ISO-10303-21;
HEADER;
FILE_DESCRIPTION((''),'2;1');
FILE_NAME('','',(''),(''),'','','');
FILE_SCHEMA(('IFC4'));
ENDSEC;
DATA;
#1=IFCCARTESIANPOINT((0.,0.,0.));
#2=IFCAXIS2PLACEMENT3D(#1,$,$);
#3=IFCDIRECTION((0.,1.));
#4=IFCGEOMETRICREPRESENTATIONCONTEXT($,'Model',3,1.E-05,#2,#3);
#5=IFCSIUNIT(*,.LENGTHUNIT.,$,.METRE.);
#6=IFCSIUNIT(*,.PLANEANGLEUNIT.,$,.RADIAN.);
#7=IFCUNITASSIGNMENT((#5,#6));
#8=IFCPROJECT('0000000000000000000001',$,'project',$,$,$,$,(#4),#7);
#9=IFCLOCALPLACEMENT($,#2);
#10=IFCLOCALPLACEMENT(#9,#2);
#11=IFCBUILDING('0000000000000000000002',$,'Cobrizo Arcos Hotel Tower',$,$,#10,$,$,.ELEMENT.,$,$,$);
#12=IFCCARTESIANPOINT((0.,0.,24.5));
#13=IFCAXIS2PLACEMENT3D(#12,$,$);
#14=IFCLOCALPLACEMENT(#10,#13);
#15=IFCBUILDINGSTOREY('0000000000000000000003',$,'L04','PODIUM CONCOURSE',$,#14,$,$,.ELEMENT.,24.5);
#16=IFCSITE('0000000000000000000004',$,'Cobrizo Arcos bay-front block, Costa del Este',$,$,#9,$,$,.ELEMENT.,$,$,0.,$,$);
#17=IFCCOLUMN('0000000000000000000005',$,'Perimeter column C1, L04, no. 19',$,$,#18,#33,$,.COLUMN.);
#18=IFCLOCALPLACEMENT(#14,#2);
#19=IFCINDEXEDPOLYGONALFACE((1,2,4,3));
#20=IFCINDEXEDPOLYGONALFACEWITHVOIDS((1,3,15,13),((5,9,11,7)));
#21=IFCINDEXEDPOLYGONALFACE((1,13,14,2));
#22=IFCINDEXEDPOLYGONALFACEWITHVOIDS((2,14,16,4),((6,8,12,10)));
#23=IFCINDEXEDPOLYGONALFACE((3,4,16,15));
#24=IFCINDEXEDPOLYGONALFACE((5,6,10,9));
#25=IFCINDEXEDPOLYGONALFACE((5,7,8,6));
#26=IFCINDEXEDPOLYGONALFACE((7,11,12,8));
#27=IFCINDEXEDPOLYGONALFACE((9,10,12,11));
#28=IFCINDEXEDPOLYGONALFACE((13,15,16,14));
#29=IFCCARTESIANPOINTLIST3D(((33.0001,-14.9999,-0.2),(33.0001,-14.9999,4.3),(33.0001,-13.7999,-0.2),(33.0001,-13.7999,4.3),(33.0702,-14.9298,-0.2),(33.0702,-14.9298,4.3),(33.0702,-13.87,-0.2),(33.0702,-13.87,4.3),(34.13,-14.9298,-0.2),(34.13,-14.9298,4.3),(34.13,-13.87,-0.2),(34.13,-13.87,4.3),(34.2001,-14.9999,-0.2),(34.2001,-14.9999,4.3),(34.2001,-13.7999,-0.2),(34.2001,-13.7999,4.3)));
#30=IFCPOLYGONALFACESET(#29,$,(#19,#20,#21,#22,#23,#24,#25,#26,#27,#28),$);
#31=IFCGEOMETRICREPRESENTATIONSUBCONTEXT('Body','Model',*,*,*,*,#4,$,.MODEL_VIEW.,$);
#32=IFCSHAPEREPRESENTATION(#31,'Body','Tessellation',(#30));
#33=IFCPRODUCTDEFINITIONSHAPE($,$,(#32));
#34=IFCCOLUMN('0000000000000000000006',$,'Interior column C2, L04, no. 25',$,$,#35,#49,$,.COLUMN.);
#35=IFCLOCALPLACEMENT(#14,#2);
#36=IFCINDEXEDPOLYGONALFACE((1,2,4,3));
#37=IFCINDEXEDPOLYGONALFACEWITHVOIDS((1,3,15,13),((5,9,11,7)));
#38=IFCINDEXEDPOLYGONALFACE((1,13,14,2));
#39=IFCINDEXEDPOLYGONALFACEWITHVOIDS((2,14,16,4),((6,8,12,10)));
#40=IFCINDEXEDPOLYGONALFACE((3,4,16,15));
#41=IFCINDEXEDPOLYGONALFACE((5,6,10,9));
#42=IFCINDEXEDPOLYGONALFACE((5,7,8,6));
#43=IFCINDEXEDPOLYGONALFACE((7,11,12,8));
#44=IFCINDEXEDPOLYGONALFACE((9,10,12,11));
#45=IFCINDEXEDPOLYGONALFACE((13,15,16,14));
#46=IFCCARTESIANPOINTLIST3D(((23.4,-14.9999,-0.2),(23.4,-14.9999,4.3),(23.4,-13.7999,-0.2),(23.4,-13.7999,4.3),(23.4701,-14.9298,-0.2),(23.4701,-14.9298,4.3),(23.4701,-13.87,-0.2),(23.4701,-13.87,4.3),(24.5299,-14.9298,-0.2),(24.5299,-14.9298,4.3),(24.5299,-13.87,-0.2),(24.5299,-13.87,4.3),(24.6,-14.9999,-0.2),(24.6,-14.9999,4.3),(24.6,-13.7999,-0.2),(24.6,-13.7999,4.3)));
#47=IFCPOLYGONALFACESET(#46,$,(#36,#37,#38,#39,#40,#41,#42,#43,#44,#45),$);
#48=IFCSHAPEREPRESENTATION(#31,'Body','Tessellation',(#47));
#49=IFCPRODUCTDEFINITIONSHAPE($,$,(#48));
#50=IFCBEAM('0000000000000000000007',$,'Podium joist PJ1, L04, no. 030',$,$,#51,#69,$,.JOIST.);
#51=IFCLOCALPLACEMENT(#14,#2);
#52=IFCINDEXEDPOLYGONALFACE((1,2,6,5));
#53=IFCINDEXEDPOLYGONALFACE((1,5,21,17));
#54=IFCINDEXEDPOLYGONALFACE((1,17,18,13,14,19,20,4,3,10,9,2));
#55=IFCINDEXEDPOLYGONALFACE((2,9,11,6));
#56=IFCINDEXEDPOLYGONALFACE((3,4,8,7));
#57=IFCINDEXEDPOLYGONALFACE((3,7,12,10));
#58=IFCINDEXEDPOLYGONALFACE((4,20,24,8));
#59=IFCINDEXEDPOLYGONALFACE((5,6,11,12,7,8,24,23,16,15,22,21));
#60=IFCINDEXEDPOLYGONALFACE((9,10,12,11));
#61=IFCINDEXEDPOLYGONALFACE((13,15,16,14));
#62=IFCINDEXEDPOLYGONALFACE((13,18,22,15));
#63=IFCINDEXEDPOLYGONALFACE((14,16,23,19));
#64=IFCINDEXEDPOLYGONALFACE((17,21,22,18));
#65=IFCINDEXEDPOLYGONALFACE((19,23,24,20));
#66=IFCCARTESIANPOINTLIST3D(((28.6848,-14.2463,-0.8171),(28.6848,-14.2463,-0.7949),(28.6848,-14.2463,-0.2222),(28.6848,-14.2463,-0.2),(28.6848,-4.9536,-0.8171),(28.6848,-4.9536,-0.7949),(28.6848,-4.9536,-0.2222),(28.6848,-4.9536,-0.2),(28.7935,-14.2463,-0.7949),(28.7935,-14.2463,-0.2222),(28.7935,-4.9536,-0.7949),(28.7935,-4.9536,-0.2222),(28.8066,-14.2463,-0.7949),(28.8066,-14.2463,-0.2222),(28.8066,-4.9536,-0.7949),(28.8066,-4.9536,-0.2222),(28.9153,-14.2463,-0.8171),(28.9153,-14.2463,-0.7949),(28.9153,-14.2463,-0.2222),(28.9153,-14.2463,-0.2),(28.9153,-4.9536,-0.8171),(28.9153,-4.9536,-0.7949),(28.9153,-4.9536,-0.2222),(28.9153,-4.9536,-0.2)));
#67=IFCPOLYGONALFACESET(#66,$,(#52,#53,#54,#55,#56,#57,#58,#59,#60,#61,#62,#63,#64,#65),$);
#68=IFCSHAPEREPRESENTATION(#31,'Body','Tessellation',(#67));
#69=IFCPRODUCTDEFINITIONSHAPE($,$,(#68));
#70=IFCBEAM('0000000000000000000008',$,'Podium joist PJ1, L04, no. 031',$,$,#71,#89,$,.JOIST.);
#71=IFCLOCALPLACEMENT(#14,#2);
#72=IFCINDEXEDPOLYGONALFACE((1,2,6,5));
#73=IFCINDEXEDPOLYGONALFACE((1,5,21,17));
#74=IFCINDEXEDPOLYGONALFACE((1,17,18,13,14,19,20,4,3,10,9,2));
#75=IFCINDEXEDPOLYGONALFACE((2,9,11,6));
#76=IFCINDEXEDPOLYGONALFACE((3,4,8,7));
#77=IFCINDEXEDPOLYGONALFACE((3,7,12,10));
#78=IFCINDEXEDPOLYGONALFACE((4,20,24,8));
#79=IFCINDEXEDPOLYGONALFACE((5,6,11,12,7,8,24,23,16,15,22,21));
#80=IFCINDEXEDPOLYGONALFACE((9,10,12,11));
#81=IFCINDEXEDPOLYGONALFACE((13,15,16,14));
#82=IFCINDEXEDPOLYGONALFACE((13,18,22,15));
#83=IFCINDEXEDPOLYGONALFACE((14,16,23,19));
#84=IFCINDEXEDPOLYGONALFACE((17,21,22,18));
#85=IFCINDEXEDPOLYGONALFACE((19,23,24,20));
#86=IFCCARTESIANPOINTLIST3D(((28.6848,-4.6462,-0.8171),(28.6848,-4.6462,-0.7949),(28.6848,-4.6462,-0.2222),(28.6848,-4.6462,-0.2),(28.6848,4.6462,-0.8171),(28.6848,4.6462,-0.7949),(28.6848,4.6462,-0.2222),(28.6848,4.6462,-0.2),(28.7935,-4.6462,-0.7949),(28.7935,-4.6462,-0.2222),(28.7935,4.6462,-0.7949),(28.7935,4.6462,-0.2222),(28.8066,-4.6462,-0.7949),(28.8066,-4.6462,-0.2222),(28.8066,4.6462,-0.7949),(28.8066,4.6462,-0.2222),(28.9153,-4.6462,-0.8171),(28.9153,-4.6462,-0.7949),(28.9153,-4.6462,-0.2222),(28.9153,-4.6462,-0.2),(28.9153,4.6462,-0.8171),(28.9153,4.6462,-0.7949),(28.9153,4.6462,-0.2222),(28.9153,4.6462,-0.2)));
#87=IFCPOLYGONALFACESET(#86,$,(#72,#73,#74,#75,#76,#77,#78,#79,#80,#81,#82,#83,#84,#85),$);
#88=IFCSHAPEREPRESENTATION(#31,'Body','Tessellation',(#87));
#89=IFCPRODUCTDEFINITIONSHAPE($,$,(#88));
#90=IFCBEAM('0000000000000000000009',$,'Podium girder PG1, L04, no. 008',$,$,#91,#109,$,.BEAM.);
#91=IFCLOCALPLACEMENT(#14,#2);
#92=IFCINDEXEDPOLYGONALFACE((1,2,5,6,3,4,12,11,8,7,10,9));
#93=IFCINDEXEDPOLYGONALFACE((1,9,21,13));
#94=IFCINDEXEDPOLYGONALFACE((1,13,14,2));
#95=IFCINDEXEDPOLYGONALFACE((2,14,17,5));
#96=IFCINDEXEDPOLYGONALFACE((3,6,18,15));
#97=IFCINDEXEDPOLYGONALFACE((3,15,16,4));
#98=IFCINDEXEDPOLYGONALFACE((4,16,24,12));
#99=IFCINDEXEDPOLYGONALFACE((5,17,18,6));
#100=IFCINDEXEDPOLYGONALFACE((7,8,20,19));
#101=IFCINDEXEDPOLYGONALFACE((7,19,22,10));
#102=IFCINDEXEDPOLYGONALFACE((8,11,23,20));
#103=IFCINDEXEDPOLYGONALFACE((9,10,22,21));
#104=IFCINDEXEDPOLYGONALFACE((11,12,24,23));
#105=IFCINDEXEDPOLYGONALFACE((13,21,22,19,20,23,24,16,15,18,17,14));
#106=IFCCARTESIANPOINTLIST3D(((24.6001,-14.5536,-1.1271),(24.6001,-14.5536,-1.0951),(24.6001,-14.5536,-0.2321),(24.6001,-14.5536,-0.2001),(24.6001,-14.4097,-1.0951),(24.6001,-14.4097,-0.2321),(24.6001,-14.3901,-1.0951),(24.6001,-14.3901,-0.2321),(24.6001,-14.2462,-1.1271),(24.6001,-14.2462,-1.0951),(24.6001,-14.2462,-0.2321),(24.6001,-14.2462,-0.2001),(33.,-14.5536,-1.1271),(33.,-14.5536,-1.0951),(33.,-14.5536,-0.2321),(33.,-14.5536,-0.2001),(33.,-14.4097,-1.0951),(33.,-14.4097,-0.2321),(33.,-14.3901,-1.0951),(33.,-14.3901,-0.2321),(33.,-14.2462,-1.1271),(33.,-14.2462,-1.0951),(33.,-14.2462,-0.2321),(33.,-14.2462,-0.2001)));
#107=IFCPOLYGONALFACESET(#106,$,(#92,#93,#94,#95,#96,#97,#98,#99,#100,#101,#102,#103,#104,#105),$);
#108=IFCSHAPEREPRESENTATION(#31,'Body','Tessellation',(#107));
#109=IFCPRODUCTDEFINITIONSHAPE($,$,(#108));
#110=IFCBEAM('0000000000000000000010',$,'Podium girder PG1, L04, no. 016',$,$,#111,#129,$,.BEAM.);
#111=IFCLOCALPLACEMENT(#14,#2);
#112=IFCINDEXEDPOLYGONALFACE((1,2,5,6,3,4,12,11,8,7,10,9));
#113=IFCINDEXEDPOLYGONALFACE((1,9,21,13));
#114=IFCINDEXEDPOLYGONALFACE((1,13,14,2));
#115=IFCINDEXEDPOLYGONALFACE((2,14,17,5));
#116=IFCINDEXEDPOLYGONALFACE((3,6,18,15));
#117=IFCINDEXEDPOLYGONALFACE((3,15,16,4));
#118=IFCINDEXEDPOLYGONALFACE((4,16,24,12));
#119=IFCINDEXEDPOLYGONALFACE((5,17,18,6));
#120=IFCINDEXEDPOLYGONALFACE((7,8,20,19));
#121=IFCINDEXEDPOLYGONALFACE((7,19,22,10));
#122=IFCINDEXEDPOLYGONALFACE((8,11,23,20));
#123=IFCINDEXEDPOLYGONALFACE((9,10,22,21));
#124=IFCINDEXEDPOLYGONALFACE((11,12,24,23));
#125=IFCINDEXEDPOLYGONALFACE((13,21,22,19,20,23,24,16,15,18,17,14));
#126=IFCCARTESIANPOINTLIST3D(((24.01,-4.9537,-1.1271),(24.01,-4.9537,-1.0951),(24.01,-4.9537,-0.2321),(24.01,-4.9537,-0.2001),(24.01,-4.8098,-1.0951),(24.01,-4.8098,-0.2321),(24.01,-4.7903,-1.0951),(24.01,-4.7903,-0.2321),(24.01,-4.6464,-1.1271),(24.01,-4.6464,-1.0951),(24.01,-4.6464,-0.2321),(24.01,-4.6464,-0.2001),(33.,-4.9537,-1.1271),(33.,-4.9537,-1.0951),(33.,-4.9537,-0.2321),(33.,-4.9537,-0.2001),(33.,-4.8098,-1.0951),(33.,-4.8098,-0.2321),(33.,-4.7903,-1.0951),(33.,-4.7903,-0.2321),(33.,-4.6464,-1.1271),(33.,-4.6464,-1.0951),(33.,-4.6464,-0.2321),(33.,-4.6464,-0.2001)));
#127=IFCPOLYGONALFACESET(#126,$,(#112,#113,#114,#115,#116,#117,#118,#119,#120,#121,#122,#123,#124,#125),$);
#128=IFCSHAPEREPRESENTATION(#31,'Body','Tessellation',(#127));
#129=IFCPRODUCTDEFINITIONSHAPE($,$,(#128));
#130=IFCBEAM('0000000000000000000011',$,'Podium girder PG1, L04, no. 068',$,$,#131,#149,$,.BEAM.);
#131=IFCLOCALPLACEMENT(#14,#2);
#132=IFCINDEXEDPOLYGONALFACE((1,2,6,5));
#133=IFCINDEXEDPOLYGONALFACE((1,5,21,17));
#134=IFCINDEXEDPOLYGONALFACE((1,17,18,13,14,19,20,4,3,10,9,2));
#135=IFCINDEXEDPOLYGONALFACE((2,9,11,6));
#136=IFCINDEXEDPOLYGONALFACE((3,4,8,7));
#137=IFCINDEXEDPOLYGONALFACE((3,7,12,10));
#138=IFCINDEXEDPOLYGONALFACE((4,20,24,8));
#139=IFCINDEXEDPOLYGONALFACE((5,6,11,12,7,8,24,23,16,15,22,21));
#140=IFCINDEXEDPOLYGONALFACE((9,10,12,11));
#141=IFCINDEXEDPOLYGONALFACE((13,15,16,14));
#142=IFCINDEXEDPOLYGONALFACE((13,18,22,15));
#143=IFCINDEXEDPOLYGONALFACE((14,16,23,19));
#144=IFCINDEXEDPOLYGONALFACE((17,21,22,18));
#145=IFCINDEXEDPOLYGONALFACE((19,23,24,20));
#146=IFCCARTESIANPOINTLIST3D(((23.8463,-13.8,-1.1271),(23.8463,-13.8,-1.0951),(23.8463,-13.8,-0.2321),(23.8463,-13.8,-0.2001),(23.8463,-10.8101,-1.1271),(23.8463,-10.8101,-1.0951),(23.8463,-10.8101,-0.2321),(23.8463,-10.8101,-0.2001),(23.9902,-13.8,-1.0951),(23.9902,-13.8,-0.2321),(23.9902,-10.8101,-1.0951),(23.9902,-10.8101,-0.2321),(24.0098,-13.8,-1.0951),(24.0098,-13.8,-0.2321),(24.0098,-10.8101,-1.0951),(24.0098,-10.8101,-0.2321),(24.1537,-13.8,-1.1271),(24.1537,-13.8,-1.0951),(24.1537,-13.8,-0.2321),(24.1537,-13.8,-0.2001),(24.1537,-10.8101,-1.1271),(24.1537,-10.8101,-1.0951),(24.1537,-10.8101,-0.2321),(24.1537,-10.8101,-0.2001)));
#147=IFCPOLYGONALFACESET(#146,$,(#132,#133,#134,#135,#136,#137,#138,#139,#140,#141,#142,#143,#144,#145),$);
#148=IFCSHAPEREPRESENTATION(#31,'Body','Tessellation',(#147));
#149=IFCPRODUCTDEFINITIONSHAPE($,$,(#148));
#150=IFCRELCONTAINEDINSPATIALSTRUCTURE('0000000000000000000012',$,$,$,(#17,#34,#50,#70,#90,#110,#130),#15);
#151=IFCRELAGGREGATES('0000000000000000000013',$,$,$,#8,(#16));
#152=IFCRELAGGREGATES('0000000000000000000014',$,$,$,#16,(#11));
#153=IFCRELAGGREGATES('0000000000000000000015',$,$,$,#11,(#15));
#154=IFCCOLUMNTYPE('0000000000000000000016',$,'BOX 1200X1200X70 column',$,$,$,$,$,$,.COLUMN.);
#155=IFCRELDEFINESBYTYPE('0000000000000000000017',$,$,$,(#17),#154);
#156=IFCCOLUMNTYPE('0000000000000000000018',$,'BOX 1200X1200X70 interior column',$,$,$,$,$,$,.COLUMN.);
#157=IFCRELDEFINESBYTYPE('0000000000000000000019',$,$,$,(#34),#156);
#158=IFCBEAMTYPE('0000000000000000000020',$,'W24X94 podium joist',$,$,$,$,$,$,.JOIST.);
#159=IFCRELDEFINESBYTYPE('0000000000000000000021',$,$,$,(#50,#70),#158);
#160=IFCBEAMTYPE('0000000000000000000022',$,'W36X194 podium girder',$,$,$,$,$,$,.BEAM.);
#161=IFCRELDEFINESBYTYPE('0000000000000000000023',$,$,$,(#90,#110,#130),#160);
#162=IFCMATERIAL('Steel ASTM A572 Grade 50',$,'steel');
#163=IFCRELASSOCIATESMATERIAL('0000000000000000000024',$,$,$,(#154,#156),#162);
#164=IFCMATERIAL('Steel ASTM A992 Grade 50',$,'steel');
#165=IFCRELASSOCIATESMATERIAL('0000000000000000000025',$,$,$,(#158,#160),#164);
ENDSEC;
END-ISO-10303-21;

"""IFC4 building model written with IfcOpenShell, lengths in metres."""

from ifc_helpers import new_model, si_unit, direction, frame, origin, origin_2d, place, context, subcontext, project, spatial, hollow_rectangle, i_section, extrude, material, material_profile, profile_set, type_object, element, save


model = new_model("IFC4")

# Units and contexts
model_context = context("Model", 3, precision=1e-05, world=origin(), true_north=direction((0.0, 1.0)))
body_context = subcontext(model_context, "Body", "Model", "MODEL_VIEW")
ifc_project = project(units=[si_unit("LENGTHUNIT", "METRE"), si_unit("PLANEANGLEUNIT", "RADIAN")], contexts=[model_context])

# Site, building, storey
site_placement = place(None, origin())
site = spatial("IfcSite", under=ifc_project, at=site_placement, Name="Cobrizo Arcos bay-front block, Costa del Este", CompositionType="ELEMENT", RefElevation=0.0)
building_placement = place(site_placement, origin())
building = spatial("IfcBuilding", under=site, at=building_placement, Name="Cobrizo Arcos Hotel Tower", CompositionType="ELEMENT")
storey_placement = place(building_placement, frame((0.0, 0.0, 24.5)))
storey = spatial("IfcBuildingStorey", under=building, at=storey_placement, Name="L04", Description="PODIUM CONCOURSE", CompositionType="ELEMENT", Elevation=24.5)

# Columns
ifc_material_1 = material(Name="Steel ASTM A572 Grade 50", Category="steel")
ifc_material_profile_1 = material_profile(ifc_material_1, hollow_rectangle(XDim=1.2, YDim=1.2, WallThickness=0.0701, at=origin_2d()), Name="BOX 1200X1200X70")
ifc_profile_set_1 = profile_set([ifc_material_profile_1], Name="Steel ASTM A572 Grade 50")
column_type_1 = type_object("IfcColumnType", Name="BOX 1200X1200X70 column", PredefinedType="COLUMN", material=ifc_profile_set_1)
column_1_placement = place(storey_placement, frame((33.6001, -14.3999, -0.2), z_axis=(0.0, 0.0, 1.0), x_axis=(1.0, 0.0, 0.0)))
element("IfcColumn", 1, at=column_1_placement, inside=storey, type_object=column_type_1, Name="Perimeter column C1, L04, no. 19", PredefinedType="COLUMN", context=body_context, shape_type="SweptSolid", body=[
    extrude(hollow_rectangle(XDim=1.2, YDim=1.2, WallThickness=0.0701, at=origin_2d()), origin(), (0.0, 0.0, 1.0), 4.5),
])
ifc_material_profile_2 = material_profile(ifc_material_1, hollow_rectangle(XDim=1.2, YDim=1.2, WallThickness=0.0701, at=origin_2d()), Name="BOX 1200X1200X70")
ifc_profile_set_2 = profile_set([ifc_material_profile_2], Name="Steel ASTM A572 Grade 50")
column_type_2 = type_object("IfcColumnType", Name="BOX 1200X1200X70 interior column", PredefinedType="COLUMN", material=ifc_profile_set_2)
column_2_placement = place(storey_placement, frame((24.0, -14.3999, -0.2), z_axis=(0.0, 0.0, 1.0), x_axis=(1.0, 0.0, 0.0)))
element("IfcColumn", 2, at=column_2_placement, inside=storey, type_object=column_type_2, Name="Interior column C2, L04, no. 25", PredefinedType="COLUMN", context=body_context, shape_type="SweptSolid", body=[
    extrude(hollow_rectangle(XDim=1.2, YDim=1.2, WallThickness=0.0701, at=origin_2d()), origin(), (0.0, 0.0, 1.0), 4.5),
])

# Beams
ifc_material_2 = material(Name="Steel ASTM A992 Grade 50", Category="steel")
ifc_material_profile_3 = material_profile(ifc_material_2, i_section(OverallWidth=0.2305, OverallDepth=0.6172, WebThickness=0.0132, FlangeThickness=0.0222, at=origin_2d()), Name="W24X94")
ifc_profile_set_3 = profile_set([ifc_material_profile_3], Name="Steel ASTM A992 Grade 50")
beam_type_1 = type_object("IfcBeamType", Name="W24X94 podium joist", PredefinedType="JOIST", material=ifc_profile_set_3)
beam_1_placement = place(storey_placement, frame((28.8, -14.2463, -0.5085), z_axis=(0.0, 1.0, 0.0), x_axis=(-1.0, 0.0, 0.0)))
element("IfcBeam", 3, at=beam_1_placement, inside=storey, type_object=beam_type_1, Name="Podium joist PJ1, L04, no. 030", PredefinedType="JOIST", context=body_context, shape_type="SweptSolid", body=[
    extrude(i_section(OverallWidth=0.2305, OverallDepth=0.6172, WebThickness=0.0132, FlangeThickness=0.0222, at=origin_2d()), origin(), (0.0, 0.0, 1.0), 9.2927),
])
beam_2_placement = place(storey_placement, frame((28.8, -4.6462, -0.5085), z_axis=(0.0, 1.0, 0.0), x_axis=(-1.0, 0.0, 0.0)))
element("IfcBeam", 4, at=beam_2_placement, inside=storey, type_object=beam_type_1, Name="Podium joist PJ1, L04, no. 031", PredefinedType="JOIST", context=body_context, shape_type="SweptSolid", body=[
    extrude(i_section(OverallWidth=0.2305, OverallDepth=0.6172, WebThickness=0.0132, FlangeThickness=0.0222, at=origin_2d()), origin(), (0.0, 0.0, 1.0), 9.2925),
])
ifc_material_profile_4 = material_profile(ifc_material_2, i_section(OverallWidth=0.3074, OverallDepth=0.927, WebThickness=0.0195, FlangeThickness=0.032, at=origin_2d()), Name="W36X194")
ifc_profile_set_4 = profile_set([ifc_material_profile_4], Name="Steel ASTM A992 Grade 50")
beam_type_2 = type_object("IfcBeamType", Name="W36X194 podium girder", PredefinedType="BEAM", material=ifc_profile_set_4)
beam_3_placement = place(storey_placement, frame((24.6001, -14.3999, -0.6636), z_axis=(1.0, 0.0, 0.0), x_axis=(0.0, 1.0, 0.0)))
element("IfcBeam", 5, at=beam_3_placement, inside=storey, type_object=beam_type_2, Name="Podium girder PG1, L04, no. 008", PredefinedType="BEAM", context=body_context, shape_type="SweptSolid", body=[
    extrude(i_section(OverallWidth=0.3074, OverallDepth=0.927, WebThickness=0.0195, FlangeThickness=0.032, at=origin_2d()), origin(), (0.0, 0.0, 1.0), 8.3999),
])
beam_4_placement = place(storey_placement, frame((24.01, -4.8, -0.6636), z_axis=(1.0, 0.0, 0.0), x_axis=(0.0, 1.0, 0.0)))
element("IfcBeam", 6, at=beam_4_placement, inside=storey, type_object=beam_type_2, Name="Podium girder PG1, L04, no. 016", PredefinedType="BEAM", context=body_context, shape_type="SweptSolid", body=[
    extrude(i_section(OverallWidth=0.3074, OverallDepth=0.927, WebThickness=0.0195, FlangeThickness=0.032, at=origin_2d()), origin(), (0.0, 0.0, 1.0), 8.99),
])
beam_5_placement = place(storey_placement, frame((24.0, -13.8, -0.6636), z_axis=(0.0, 1.0, 0.0), x_axis=(-1.0, 0.0, 0.0)))
element("IfcBeam", 7, at=beam_5_placement, inside=storey, type_object=beam_type_2, Name="Podium girder PG1, L04, no. 068", PredefinedType="BEAM", context=body_context, shape_type="SweptSolid", body=[
    extrude(i_section(OverallWidth=0.3074, OverallDepth=0.927, WebThickness=0.0195, FlangeThickness=0.032, at=origin_2d()), origin(), (0.0, 0.0, 1.0), 2.99),
])

save(model, "model.ifc")
